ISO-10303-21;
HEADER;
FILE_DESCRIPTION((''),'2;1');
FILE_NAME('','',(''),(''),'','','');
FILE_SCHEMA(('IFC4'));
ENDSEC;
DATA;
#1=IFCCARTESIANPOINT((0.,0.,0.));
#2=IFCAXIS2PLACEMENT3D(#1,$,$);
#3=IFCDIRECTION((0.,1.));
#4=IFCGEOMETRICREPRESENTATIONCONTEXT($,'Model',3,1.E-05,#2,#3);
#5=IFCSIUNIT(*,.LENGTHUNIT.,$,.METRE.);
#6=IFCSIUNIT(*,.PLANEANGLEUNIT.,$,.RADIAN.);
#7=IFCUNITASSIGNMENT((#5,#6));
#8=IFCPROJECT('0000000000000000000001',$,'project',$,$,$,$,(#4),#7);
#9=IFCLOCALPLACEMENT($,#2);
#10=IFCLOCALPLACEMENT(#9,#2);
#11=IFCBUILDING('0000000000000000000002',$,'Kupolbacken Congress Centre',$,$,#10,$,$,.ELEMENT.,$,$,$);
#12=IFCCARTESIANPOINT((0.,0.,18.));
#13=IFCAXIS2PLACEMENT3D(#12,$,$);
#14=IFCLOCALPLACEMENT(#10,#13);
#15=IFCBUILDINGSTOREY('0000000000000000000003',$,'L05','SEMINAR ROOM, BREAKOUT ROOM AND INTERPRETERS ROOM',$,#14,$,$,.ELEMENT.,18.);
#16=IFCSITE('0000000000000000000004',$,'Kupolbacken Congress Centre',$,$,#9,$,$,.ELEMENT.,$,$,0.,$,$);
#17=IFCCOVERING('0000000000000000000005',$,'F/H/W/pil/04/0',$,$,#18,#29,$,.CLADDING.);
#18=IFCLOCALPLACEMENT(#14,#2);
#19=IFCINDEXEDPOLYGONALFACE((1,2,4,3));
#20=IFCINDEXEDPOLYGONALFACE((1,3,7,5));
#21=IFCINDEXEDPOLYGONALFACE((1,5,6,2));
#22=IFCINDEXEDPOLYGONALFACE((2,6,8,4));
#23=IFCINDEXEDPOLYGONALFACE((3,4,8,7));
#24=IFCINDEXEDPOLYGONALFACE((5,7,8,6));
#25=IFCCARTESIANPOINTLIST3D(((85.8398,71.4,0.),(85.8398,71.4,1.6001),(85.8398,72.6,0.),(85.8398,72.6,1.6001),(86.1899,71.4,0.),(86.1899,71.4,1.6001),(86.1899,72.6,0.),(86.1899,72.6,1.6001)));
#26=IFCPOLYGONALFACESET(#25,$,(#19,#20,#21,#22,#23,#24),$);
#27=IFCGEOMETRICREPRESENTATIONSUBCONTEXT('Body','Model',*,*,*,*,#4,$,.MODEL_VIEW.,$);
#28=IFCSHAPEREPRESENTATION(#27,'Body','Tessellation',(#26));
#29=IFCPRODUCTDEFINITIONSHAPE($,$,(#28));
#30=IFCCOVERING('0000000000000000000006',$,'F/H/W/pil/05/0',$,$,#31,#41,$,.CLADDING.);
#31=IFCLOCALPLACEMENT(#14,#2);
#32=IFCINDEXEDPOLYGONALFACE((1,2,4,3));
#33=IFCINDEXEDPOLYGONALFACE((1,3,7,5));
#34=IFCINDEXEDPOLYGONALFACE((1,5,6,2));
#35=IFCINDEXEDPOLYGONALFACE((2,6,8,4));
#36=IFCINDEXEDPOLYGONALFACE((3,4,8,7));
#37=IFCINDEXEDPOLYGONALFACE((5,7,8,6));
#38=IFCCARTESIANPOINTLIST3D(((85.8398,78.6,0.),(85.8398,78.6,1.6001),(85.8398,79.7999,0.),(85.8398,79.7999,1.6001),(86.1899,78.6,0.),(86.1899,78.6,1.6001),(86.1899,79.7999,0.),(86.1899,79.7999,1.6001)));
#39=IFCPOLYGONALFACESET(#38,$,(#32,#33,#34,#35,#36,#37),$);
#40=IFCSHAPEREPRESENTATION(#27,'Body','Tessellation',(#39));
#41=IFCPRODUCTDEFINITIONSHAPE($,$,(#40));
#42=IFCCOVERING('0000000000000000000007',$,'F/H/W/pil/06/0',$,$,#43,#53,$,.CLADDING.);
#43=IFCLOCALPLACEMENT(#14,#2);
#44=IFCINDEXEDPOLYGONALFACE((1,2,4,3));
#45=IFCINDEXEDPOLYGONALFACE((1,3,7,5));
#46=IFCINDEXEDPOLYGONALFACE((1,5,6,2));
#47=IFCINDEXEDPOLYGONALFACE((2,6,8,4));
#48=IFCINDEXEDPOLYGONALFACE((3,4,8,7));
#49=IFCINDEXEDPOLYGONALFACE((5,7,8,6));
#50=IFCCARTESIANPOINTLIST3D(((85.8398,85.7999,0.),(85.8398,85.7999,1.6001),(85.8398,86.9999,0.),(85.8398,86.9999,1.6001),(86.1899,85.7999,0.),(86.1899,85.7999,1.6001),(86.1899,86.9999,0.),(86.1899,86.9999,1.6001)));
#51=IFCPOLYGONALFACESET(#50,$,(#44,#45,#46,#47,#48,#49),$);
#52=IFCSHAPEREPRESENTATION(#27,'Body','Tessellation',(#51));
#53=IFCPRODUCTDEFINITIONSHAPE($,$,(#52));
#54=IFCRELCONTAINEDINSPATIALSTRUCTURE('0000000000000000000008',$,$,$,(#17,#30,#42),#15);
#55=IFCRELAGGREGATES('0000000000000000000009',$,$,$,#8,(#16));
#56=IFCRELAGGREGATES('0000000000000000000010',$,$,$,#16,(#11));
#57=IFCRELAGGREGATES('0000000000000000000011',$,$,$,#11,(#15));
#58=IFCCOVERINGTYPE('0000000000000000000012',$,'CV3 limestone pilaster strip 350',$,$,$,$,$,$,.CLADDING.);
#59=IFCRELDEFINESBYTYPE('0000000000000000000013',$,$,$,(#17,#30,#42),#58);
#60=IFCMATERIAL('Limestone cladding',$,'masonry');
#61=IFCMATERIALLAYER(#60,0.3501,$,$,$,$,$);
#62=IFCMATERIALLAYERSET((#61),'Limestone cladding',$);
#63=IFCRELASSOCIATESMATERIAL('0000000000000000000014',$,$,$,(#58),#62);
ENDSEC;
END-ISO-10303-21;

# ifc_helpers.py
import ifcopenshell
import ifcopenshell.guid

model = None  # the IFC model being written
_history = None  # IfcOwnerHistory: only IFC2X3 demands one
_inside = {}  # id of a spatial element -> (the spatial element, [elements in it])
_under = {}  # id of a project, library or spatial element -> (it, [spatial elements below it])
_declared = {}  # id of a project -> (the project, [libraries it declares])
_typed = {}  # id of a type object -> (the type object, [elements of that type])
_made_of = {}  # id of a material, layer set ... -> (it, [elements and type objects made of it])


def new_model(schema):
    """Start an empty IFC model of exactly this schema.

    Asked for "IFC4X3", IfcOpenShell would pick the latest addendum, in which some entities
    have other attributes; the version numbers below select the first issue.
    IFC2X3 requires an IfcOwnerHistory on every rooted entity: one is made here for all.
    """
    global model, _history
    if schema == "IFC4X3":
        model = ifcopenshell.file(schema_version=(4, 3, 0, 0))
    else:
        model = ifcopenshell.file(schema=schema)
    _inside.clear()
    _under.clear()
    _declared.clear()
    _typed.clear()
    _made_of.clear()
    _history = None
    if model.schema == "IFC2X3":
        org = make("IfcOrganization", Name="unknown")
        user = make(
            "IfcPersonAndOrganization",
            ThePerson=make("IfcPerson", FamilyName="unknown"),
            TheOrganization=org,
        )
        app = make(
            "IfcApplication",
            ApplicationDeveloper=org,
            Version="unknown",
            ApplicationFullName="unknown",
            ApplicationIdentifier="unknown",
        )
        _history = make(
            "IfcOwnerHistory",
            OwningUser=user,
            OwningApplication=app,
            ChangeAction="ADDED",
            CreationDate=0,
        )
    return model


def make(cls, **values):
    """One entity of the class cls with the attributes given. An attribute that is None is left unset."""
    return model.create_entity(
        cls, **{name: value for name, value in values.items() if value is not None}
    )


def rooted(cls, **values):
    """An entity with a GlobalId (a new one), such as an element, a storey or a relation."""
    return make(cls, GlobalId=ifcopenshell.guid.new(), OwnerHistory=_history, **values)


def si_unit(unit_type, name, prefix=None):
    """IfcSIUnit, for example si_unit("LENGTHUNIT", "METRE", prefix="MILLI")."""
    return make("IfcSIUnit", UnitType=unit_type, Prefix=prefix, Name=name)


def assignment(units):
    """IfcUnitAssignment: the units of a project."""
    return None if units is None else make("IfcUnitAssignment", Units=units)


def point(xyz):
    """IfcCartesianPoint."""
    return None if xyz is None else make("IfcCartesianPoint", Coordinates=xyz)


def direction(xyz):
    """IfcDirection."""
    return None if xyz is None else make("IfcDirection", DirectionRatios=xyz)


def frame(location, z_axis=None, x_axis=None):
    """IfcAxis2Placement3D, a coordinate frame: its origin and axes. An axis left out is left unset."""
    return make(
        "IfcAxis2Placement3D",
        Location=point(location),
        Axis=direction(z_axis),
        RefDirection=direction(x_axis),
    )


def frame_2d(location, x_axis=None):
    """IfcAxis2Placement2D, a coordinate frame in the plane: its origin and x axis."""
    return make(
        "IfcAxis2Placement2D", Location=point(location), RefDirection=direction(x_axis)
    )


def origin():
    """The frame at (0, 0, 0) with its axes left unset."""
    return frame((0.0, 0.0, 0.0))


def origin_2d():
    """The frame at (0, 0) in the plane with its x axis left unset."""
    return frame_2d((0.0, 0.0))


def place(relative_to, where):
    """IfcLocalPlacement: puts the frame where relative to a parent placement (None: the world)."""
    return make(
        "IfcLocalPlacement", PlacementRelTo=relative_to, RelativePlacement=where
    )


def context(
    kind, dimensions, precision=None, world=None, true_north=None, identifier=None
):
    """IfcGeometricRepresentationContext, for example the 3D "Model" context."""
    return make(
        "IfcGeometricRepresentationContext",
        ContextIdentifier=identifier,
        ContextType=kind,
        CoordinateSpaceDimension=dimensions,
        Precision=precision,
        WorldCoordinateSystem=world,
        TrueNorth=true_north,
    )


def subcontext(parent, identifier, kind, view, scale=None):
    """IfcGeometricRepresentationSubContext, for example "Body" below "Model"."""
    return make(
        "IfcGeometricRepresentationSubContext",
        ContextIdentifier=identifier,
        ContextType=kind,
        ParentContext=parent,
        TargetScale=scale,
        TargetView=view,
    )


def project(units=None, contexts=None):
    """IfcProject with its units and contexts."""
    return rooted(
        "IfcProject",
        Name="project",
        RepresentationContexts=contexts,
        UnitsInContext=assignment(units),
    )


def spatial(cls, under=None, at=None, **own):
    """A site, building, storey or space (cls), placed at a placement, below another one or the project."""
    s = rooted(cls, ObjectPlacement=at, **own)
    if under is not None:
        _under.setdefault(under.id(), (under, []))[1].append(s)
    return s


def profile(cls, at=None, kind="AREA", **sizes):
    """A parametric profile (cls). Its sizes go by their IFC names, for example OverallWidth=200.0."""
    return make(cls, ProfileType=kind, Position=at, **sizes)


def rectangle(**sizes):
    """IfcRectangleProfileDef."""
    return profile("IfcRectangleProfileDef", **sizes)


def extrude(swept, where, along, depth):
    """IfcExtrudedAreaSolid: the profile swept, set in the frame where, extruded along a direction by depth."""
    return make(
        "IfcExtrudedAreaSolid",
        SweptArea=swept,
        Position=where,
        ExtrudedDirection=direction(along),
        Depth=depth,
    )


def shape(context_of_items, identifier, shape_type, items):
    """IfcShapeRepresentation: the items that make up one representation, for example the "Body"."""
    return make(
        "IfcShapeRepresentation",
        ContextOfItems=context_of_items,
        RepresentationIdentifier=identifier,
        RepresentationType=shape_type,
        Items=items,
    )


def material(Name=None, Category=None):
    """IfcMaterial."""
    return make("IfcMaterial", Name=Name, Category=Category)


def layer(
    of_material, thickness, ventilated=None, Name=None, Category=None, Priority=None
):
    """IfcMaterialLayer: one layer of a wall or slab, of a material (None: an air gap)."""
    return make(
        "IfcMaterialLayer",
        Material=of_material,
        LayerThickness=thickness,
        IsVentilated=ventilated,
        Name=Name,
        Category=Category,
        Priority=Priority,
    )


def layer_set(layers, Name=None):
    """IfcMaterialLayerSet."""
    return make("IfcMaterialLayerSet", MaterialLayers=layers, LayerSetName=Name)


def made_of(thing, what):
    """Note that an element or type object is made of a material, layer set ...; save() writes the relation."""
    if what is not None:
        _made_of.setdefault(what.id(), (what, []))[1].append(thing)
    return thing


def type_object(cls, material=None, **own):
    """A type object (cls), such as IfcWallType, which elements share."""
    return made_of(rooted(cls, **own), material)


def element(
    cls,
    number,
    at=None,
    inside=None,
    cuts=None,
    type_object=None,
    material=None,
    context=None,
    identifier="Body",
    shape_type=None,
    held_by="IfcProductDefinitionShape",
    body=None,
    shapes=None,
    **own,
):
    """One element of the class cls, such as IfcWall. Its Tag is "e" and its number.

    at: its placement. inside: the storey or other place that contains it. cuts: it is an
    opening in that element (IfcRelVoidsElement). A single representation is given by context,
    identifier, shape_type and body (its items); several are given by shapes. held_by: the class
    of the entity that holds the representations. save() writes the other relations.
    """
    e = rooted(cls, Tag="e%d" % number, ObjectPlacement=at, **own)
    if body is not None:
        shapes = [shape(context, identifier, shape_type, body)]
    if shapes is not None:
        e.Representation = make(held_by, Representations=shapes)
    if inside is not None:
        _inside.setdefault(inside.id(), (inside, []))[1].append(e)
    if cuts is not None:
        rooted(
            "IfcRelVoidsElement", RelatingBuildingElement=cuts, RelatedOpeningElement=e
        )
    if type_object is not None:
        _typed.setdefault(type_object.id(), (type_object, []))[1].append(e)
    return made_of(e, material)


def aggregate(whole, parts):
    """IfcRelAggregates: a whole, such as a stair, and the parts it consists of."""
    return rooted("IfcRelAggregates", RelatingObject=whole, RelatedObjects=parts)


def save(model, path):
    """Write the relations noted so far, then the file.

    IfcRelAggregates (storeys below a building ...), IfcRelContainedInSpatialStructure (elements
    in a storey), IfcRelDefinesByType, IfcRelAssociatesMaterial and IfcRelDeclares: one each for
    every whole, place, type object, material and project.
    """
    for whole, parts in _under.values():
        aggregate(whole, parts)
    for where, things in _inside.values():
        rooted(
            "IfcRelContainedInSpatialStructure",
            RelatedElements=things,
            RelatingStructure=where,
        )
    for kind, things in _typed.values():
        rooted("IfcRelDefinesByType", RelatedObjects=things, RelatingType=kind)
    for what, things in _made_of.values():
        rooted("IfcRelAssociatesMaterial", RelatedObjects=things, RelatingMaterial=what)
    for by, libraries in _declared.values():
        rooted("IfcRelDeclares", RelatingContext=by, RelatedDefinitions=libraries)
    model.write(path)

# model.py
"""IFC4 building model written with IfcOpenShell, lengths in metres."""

from ifc_helpers import new_model, si_unit, direction, frame, origin, origin_2d, place, context, subcontext, project, spatial, rectangle, extrude, material, layer, layer_set, type_object, element, save


model = new_model("IFC4")

# Units and contexts
model_context = context("Model", 3, precision=1e-05, world=origin(), true_north=direction((0.0, 1.0)))
body_context = subcontext(model_context, "Body", "Model", "MODEL_VIEW")
ifc_project = project(units=[si_unit("LENGTHUNIT", "METRE"), si_unit("PLANEANGLEUNIT", "RADIAN")], contexts=[model_context])

# Site, building, storey
site_placement = place(None, origin())
site = spatial("IfcSite", under=ifc_project, at=site_placement, Name="Kupolbacken Congress Centre", CompositionType="ELEMENT", RefElevation=0.0)
building_placement = place(site_placement, origin())
building = spatial("IfcBuilding", under=site, at=building_placement, Name="Kupolbacken Congress Centre", CompositionType="ELEMENT")
storey_placement = place(building_placement, frame((0.0, 0.0, 18.0)))
storey = spatial("IfcBuildingStorey", under=building, at=storey_placement, Name="L05", Description="SEMINAR ROOM, BREAKOUT ROOM AND INTERPRETERS ROOM", CompositionType="ELEMENT", Elevation=18.0)

# Coverings
ifc_material_1 = material(Name="Limestone cladding", Category="masonry")
ifc_layer_1 = layer(ifc_material_1, 0.3501)
ifc_layer_set_1 = layer_set([ifc_layer_1], Name="Limestone cladding")
covering_type_1 = type_object("IfcCoveringType", Name="CV3 limestone pilaster strip 350", PredefinedType="CLADDING", material=ifc_layer_set_1)
for number, where, z_axis, x_axis, name in (
    (1, (86.0149, 72.0, 0.0), (0.0, 0.0, 1.0), (0.0, 1.0, 0.0), "F/H/W/pil/04/0"),
    (2, (86.0149, 79.2, 0.0), (0.0, 0.0, 1.0), (0.0, 1.0, 0.0), "F/H/W/pil/05/0"),
    (3, (86.0149, 86.3999, 0.0), (0.0, 0.0, 1.0), (0.0, 1.0, 0.0), "F/H/W/pil/06/0"),
):
    element("IfcCovering", number, at=place(storey_placement, frame(where, z_axis=z_axis, x_axis=x_axis)), inside=storey, type_object=covering_type_1, Name=name, PredefinedType="CLADDING", context=body_context, shape_type="SweptSolid", body=[
        extrude(rectangle(XDim=1.2, YDim=0.3501, at=origin_2d()), origin(), (0.0, 0.0, 1.0), 1.6001),
    ])

save(model, "model.ifc")
